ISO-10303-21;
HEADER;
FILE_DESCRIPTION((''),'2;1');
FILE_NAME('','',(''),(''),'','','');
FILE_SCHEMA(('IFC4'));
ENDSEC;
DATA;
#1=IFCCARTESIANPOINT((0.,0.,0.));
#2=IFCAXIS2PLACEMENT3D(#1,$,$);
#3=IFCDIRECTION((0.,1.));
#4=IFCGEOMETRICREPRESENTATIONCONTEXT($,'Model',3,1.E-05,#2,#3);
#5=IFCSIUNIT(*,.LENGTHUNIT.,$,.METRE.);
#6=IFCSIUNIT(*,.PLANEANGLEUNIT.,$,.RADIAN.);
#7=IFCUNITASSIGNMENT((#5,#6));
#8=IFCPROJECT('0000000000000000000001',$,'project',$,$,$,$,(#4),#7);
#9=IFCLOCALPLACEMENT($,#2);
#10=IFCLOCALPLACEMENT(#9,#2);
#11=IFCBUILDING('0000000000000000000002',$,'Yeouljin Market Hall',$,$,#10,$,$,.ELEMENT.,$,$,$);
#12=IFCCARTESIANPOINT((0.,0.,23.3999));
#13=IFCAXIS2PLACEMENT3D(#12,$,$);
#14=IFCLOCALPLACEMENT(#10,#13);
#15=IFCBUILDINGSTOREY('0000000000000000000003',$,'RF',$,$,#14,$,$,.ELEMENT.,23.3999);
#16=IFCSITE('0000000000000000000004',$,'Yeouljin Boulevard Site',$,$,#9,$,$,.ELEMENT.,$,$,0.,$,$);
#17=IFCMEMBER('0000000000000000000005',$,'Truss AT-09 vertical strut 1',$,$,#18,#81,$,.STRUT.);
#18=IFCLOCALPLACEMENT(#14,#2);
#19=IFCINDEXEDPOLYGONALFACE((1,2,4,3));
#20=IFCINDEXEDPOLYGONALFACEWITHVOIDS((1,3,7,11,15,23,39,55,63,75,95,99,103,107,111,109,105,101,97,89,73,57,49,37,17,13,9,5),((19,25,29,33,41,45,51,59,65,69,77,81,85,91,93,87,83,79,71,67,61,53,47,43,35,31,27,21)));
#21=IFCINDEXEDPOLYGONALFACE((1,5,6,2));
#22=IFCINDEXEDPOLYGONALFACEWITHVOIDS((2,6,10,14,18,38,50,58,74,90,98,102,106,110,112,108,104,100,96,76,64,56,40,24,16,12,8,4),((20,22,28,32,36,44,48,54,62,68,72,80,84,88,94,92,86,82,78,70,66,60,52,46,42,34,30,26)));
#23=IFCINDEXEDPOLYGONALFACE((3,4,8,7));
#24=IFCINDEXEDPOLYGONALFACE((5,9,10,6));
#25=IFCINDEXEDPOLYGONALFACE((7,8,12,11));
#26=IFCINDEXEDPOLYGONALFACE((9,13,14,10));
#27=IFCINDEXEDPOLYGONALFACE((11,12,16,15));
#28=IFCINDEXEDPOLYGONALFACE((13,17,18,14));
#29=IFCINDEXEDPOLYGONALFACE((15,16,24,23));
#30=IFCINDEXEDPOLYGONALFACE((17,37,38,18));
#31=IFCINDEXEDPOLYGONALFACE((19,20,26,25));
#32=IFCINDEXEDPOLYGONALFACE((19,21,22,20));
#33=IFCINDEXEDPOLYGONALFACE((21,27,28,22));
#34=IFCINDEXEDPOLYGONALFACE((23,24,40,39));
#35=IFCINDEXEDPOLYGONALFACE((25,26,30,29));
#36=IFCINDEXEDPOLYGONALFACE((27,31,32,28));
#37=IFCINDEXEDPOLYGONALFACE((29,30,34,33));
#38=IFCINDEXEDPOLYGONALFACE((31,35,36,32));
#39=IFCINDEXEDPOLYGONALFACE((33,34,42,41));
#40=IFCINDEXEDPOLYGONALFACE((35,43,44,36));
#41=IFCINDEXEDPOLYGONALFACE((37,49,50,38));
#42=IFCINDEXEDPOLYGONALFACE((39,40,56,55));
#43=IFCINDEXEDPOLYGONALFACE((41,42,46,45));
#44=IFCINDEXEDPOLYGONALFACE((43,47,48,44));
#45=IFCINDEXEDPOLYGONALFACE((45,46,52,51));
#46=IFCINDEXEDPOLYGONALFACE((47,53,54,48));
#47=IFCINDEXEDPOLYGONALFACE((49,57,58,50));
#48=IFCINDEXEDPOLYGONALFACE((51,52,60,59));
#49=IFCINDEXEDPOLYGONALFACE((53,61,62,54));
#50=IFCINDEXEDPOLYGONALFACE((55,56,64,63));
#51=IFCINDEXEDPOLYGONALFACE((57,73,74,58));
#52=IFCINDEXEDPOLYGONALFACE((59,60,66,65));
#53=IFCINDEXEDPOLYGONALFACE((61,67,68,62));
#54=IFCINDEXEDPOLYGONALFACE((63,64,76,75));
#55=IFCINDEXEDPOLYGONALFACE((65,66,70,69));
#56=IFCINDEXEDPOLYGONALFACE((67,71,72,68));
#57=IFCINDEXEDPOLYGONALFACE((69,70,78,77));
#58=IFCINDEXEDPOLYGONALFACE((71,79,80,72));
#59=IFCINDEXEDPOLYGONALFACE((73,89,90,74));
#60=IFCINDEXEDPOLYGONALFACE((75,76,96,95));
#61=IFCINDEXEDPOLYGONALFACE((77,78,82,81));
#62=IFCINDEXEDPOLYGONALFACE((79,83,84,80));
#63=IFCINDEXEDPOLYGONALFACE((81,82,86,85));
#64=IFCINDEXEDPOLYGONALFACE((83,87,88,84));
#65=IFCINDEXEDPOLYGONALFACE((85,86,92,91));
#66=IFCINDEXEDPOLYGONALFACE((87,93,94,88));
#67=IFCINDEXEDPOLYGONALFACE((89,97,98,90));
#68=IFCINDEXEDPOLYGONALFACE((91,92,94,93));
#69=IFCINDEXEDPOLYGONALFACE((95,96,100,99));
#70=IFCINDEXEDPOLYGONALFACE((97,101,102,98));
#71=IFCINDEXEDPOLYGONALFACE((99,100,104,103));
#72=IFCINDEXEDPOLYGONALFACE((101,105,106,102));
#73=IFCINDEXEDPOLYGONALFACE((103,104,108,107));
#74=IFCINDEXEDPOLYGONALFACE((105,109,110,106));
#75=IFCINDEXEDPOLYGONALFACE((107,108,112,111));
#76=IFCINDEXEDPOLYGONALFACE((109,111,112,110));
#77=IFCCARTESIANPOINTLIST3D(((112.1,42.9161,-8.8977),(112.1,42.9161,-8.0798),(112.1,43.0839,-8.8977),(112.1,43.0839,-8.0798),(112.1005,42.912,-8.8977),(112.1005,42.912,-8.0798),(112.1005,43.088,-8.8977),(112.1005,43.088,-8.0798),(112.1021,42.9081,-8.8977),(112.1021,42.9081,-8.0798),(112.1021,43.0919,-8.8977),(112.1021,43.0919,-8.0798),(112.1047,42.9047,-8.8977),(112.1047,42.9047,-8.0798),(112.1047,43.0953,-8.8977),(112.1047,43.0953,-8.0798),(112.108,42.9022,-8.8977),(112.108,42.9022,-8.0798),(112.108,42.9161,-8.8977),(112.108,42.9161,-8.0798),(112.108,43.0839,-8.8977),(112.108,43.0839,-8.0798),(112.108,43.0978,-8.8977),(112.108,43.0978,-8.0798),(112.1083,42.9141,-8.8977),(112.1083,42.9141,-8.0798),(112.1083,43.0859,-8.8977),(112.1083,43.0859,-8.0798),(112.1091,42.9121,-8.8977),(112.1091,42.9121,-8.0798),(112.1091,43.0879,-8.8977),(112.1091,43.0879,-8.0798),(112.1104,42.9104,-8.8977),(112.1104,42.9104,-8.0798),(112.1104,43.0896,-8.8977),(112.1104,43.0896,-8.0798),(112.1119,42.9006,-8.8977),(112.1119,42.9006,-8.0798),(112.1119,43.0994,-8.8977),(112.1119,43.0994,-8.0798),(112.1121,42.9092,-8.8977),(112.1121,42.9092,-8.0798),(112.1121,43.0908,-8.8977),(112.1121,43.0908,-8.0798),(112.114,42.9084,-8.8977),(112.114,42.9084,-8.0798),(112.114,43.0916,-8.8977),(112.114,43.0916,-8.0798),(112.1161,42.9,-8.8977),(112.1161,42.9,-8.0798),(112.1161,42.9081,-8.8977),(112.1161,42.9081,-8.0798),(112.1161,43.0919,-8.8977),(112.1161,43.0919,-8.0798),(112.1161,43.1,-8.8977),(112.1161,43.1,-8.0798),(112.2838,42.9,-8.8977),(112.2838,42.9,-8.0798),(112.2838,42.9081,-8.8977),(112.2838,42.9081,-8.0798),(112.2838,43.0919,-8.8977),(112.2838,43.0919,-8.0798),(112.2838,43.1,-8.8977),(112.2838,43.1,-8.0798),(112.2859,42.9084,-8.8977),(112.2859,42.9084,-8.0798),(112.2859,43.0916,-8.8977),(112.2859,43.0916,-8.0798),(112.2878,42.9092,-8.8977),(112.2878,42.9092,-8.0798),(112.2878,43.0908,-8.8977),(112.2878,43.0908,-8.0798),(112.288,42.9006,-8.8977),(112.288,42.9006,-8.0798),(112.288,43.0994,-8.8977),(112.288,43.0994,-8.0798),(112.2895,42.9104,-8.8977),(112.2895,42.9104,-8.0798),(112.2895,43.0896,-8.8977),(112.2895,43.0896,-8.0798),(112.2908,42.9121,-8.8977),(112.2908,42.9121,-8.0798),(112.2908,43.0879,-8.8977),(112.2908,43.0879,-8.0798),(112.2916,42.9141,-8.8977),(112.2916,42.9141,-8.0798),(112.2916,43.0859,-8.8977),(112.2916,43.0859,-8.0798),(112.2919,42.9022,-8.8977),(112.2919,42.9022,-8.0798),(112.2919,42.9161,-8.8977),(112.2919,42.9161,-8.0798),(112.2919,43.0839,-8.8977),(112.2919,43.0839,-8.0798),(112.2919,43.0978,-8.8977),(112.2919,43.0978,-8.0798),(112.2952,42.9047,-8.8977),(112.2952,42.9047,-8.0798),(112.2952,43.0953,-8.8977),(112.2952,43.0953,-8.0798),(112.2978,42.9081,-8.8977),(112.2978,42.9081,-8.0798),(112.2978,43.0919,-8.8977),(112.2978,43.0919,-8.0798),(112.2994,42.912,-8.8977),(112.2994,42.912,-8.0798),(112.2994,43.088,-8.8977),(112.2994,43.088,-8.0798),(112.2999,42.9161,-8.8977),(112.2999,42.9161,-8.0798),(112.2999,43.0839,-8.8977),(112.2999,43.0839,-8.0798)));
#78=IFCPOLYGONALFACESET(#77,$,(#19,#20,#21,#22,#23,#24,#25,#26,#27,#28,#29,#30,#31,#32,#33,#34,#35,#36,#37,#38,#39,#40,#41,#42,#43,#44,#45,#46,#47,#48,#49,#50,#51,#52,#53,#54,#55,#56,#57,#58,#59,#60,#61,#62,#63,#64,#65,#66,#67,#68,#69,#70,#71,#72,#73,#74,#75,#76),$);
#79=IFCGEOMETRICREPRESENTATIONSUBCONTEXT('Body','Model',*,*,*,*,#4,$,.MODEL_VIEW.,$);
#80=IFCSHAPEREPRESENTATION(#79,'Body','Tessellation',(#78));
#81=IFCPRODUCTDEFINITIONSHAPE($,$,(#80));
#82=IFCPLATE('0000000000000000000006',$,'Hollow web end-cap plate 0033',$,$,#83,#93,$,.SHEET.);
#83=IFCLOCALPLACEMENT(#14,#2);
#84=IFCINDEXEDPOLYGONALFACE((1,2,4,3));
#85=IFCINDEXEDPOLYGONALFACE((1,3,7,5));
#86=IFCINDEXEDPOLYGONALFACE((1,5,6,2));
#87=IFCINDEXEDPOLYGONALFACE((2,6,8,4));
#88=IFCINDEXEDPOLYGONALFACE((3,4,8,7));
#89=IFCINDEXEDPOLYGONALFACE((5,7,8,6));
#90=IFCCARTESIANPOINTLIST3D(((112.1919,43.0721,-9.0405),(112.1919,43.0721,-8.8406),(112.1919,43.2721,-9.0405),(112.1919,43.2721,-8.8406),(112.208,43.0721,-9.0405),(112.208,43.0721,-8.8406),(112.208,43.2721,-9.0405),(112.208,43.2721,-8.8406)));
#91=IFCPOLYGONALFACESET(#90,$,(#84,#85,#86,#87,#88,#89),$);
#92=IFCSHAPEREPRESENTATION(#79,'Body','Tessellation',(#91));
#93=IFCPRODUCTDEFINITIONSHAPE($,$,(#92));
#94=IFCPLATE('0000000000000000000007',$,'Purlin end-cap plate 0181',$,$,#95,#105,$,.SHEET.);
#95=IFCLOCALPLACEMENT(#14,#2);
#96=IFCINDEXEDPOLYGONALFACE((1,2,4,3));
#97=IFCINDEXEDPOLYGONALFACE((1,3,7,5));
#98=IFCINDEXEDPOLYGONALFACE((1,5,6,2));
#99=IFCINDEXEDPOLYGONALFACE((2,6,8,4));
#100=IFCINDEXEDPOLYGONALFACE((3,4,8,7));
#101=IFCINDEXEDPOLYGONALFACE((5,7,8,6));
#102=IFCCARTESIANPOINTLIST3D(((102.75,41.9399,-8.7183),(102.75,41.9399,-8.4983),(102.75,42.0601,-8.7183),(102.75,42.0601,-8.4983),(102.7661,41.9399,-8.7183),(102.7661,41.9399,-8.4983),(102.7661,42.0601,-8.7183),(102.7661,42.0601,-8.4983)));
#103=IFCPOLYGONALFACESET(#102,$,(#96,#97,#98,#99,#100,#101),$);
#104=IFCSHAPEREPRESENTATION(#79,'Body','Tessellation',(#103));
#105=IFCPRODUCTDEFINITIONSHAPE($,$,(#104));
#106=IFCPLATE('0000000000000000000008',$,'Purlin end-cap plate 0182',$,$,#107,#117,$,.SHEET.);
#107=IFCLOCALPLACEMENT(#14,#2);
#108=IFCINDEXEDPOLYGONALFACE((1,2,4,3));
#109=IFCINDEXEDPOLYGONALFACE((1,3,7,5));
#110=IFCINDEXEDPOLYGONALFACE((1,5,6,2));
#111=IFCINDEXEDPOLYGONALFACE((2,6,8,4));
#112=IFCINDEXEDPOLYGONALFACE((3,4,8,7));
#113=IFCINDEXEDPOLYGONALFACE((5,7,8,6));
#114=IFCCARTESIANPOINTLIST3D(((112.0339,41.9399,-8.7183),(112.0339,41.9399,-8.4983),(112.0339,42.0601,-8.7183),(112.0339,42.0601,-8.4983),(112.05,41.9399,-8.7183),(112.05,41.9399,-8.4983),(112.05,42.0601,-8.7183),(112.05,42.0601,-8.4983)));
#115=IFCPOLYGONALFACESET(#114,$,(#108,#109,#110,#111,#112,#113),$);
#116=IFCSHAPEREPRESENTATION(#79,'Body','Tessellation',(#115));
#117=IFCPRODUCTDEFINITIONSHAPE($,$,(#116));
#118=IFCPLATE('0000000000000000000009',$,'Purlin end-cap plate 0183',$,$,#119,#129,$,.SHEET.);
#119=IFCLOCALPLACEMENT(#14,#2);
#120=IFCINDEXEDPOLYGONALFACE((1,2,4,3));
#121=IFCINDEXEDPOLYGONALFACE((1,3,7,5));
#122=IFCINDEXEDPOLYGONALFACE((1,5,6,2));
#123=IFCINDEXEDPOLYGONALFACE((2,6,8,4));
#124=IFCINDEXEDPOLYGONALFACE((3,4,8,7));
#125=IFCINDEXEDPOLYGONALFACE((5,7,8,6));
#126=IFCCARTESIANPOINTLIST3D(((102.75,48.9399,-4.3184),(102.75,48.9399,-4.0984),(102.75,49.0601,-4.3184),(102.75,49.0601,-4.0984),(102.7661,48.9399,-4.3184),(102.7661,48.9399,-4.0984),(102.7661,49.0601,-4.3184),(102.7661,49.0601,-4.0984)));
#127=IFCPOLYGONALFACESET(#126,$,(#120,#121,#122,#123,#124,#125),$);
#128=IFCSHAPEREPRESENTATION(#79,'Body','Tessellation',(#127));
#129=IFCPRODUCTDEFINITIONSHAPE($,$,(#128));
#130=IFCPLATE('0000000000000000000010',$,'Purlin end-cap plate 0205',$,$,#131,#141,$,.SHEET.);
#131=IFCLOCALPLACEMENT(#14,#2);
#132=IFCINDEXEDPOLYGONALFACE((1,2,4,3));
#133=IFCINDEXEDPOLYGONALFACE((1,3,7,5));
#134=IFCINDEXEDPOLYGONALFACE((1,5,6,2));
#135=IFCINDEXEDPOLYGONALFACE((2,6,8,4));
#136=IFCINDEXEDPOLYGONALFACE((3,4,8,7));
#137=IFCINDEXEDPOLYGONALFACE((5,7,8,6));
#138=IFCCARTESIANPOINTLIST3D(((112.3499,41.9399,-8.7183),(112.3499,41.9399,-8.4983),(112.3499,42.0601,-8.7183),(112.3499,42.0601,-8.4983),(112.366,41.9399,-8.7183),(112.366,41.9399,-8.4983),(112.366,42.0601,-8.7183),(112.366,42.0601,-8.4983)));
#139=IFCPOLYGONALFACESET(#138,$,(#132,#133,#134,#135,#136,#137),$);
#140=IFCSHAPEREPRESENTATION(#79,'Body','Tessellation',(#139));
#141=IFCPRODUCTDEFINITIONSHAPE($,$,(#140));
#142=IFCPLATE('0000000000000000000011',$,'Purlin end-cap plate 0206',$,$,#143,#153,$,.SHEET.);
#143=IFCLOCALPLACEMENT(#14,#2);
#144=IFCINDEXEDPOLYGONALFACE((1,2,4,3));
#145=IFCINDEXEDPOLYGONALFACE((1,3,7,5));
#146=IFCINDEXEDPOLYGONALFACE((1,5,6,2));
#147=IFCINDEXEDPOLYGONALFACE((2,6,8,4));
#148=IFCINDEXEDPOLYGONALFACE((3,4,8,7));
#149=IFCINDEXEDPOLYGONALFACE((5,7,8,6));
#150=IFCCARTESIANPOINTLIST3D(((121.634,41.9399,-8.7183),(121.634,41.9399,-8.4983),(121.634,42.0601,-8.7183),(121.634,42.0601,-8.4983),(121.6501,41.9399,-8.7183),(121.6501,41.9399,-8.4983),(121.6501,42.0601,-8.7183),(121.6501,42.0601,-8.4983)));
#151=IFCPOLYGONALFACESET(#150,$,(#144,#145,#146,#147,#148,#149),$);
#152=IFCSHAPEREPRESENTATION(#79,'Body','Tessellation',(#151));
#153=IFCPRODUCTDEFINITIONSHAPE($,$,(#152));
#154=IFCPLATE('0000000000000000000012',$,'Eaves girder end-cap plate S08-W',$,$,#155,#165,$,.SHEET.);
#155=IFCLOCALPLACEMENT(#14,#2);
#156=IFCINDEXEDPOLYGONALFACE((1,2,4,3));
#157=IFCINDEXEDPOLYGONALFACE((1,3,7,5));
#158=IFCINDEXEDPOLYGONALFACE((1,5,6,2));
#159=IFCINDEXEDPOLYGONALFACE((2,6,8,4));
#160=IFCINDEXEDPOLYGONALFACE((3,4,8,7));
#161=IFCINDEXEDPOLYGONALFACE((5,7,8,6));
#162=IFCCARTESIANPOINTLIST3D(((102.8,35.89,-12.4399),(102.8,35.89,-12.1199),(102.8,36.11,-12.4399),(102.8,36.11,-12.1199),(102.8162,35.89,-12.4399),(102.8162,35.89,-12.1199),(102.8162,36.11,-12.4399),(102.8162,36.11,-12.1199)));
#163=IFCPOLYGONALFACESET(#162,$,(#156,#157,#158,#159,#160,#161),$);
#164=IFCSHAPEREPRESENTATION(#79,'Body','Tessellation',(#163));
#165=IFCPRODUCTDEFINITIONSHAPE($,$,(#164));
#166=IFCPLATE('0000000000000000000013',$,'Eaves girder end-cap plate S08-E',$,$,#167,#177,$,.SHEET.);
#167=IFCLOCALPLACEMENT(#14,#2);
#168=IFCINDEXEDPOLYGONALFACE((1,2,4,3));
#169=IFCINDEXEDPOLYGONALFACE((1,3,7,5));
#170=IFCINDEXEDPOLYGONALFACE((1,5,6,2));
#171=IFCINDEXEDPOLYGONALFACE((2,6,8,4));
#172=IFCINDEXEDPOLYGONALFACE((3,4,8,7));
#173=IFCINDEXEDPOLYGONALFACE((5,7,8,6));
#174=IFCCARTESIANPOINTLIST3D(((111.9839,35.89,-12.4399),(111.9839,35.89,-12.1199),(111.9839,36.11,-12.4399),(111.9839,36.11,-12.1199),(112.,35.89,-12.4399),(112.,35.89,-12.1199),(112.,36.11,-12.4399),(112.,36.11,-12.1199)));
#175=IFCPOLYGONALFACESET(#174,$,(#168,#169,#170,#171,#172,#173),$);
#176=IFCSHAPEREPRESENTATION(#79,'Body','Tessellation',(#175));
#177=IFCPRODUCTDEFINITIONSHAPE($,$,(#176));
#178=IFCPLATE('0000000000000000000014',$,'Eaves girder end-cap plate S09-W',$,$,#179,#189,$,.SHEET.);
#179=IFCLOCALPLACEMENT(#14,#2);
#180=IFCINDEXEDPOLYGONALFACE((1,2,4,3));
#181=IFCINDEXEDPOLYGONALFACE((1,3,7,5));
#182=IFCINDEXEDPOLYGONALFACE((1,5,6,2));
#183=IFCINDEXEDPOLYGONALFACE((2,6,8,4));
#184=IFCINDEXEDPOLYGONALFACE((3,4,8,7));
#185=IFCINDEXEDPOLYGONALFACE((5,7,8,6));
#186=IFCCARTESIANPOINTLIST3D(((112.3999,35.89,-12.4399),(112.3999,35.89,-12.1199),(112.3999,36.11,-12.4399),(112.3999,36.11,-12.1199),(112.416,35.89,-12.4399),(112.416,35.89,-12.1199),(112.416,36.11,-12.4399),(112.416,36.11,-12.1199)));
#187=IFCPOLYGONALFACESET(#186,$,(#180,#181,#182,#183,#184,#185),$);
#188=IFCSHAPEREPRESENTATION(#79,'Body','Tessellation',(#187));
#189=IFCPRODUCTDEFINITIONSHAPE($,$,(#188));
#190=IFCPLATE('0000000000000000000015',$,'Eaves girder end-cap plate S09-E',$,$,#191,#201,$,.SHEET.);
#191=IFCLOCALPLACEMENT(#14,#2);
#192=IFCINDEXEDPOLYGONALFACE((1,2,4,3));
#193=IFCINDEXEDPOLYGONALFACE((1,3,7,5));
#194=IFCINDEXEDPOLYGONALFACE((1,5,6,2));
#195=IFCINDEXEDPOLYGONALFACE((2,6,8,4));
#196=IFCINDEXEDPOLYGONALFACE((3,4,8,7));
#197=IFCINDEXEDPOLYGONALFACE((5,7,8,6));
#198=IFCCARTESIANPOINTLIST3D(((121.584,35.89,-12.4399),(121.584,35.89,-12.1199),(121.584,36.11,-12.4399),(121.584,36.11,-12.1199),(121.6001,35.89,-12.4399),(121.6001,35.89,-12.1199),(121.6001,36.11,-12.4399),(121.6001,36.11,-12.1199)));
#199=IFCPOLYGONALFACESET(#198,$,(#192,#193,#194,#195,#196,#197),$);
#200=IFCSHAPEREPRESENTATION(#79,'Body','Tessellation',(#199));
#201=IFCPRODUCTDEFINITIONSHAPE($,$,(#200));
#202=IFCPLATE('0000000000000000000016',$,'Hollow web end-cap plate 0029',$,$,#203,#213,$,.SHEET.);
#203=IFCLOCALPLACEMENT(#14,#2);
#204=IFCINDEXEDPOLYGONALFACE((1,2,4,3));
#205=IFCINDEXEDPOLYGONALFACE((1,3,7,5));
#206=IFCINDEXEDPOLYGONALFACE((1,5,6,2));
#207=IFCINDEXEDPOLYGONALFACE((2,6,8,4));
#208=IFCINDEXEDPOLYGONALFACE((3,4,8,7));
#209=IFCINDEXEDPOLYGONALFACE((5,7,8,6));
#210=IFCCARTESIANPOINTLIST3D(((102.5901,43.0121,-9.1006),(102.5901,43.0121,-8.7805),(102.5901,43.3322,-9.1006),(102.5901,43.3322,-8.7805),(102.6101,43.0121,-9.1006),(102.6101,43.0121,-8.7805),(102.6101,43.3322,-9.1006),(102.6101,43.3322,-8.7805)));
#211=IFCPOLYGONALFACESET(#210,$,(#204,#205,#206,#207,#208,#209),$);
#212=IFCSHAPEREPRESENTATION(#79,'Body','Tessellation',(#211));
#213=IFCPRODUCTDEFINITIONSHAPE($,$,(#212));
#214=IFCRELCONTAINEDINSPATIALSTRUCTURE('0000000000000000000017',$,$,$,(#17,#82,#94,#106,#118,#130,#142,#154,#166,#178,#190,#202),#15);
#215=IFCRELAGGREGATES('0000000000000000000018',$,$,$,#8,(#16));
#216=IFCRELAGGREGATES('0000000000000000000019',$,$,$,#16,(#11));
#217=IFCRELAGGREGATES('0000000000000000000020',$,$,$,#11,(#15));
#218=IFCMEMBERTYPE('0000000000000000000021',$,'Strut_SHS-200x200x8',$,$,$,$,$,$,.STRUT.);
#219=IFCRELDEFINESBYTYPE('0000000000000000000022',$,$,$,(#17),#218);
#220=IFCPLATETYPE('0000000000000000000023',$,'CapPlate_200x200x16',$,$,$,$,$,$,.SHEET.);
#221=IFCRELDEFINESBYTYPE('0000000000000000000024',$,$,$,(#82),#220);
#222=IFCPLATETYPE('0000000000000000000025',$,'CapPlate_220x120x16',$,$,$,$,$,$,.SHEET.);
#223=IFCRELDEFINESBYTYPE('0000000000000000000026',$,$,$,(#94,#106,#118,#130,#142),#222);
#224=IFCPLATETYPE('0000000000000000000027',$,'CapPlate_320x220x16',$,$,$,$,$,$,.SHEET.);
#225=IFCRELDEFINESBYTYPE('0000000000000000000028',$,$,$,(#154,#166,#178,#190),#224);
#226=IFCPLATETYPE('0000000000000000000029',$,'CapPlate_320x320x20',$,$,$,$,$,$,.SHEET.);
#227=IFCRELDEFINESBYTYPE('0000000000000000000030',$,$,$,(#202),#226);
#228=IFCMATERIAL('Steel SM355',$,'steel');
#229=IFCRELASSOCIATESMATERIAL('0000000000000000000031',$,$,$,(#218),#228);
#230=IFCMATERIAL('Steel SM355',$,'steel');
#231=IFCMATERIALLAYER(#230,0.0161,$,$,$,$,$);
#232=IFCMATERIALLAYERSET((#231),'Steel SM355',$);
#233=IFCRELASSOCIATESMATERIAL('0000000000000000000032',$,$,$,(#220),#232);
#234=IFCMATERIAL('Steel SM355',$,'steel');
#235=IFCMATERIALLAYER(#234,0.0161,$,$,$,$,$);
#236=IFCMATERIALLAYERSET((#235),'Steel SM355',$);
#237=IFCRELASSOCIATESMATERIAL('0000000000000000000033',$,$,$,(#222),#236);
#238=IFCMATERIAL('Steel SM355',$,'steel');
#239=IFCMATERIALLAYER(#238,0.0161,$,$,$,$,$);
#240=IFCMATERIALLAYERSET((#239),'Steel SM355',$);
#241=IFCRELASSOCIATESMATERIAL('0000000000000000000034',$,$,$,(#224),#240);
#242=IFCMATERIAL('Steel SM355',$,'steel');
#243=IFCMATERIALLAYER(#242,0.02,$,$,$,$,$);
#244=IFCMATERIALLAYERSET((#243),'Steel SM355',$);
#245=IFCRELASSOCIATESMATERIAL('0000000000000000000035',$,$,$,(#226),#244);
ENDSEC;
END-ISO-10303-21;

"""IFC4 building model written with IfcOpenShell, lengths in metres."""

from ifc_helpers import new_model, si_unit, direction, frame, origin, origin_2d, place, context, subcontext, project, spatial, rectangle, hollow_rectangle, extrude, material, layer, layer_set, material_profile, profile_set, type_object, element, save


model = new_model("IFC4")

# Units and contexts
model_context = context("Model", 3, precision=1e-05, world=origin(), true_north=direction((0.0, 1.0)))
body_context = subcontext(model_context, "Body", "Model", "MODEL_VIEW")
ifc_project = project(units=[si_unit("LENGTHUNIT", "METRE"), si_unit("PLANEANGLEUNIT", "RADIAN")], contexts=[model_context])

# Site, building, storey
site_placement = place(None, origin())
site = spatial("IfcSite", under=ifc_project, at=site_placement, Name="Yeouljin Boulevard Site", CompositionType="ELEMENT", RefElevation=0.0)
building_placement = place(site_placement, origin())
building = spatial("IfcBuilding", under=site, at=building_placement, Name="Yeouljin Market Hall", CompositionType="ELEMENT")
storey_placement = place(building_placement, frame((0.0, 0.0, 23.3999)))
storey = spatial("IfcBuildingStorey", under=building, at=storey_placement, Name="RF", CompositionType="ELEMENT", Elevation=23.3999)

# Member
ifc_material_1 = material(Name="Steel SM355", Category="steel")
ifc_material_profile_1 = material_profile(ifc_material_1, hollow_rectangle(XDim=0.2, YDim=0.2, WallThickness=0.0081, InnerFilletRadius=0.0081, OuterFilletRadius=0.0161, at=origin_2d()), Name="SHS-200x200x8")
ifc_profile_set_1 = profile_set([ifc_material_profile_1], Name="Steel SM355")
member_type_1 = type_object("IfcMemberType", Name="Strut_SHS-200x200x8", PredefinedType="STRUT", material=ifc_profile_set_1)
for number, where, z_axis, x_axis, name in (
    (1, (112.2, 43.0, -8.8977), (0.0, 0.0, 1.0), (1.0, 0.0, 0.0), "Truss AT-09 vertical strut 1"),
):
    element("IfcMember", number, at=place(storey_placement, frame(where, z_axis=z_axis, x_axis=x_axis)), inside=storey, type_object=member_type_1, Name=name, PredefinedType="STRUT", context=body_context, shape_type="SweptSolid", body=[
        extrude(hollow_rectangle(XDim=0.2, YDim=0.2, WallThickness=0.0081, InnerFilletRadius=0.0081, OuterFilletRadius=0.0161, at=origin_2d()), origin(), (0.0, 0.0, 1.0), 0.8179),
    ])

# Plates
ifc_material_2 = material(Name="Steel SM355", Category="steel")
ifc_layer_1 = layer(ifc_material_2, 0.0161)
ifc_layer_set_1 = layer_set([ifc_layer_1], Name="Steel SM355")
plate_type_1 = type_object("IfcPlateType", Name="CapPlate_200x200x16", PredefinedType="SHEET", material=ifc_layer_set_1)
plate_1_placement = place(storey_placement, frame((112.2, 43.1721, -9.0405), z_axis=(0.0, 0.0, 1.0), x_axis=(0.0, 1.0, 0.0)))
element("IfcPlate", 2, at=plate_1_placement, inside=storey, type_object=plate_type_1, Name="Hollow web end-cap plate 0033", PredefinedType="SHEET", context=body_context, shape_type="SweptSolid", body=[
    extrude(rectangle(XDim=0.2, YDim=0.0161, at=origin_2d()), origin(), (0.0, 0.0, 1.0), 0.2),
])
ifc_material_3 = material(Name="Steel SM355", Category="steel")
ifc_layer_2 = layer(ifc_material_3, 0.0161)
ifc_layer_set_2 = layer_set([ifc_layer_2], Name="Steel SM355")
plate_type_2 = type_object("IfcPlateType", Name="CapPlate_220x120x16", PredefinedType="SHEET", material=ifc_layer_set_2)
for number, where, z_axis, x_axis, name in (
    (3, (102.7581, 42.0, -8.7183), (0.0, 0.0, 1.0), (0.0, 1.0, 0.0), "Purlin end-cap plate 0181"),
    (4, (112.042, 42.0, -8.7183), (0.0, 0.0, 1.0), (0.0, 1.0, 0.0), "Purlin end-cap plate 0182"),
    (5, (102.7581, 49.0, -4.3184), (0.0, 0.0, 1.0), (0.0, 1.0, 0.0), "Purlin end-cap plate 0183"),
    (6, (112.3579, 42.0, -8.7183), (0.0, 0.0, 1.0), (0.0, 1.0, 0.0), "Purlin end-cap plate 0205"),
    (7, (121.6421, 42.0, -8.7183), (0.0, 0.0, 1.0), (0.0, 1.0, 0.0), "Purlin end-cap plate 0206"),
):
    element("IfcPlate", number, at=place(storey_placement, frame(where, z_axis=z_axis, x_axis=x_axis)), inside=storey, type_object=plate_type_2, Name=name, PredefinedType="SHEET", context=body_context, shape_type="SweptSolid", body=[
        extrude(rectangle(XDim=0.1201, YDim=0.0161, at=origin_2d()), origin(), (0.0, 0.0, 1.0), 0.22),
    ])
ifc_material_4 = material(Name="Steel SM355", Category="steel")
ifc_layer_3 = layer(ifc_material_4, 0.0161)
ifc_layer_set_3 = layer_set([ifc_layer_3], Name="Steel SM355")
plate_type_3 = type_object("IfcPlateType", Name="CapPlate_320x220x16", PredefinedType="SHEET", material=ifc_layer_set_3)
for number, where, z_axis, x_axis, name in (
    (8, (102.8081, 36.0, -12.4399), (0.0, 0.0, 1.0), (0.0, 1.0, 0.0), "Eaves girder end-cap plate S08-W"),
    (9, (111.9919, 36.0, -12.4399), (0.0, 0.0, 1.0), (0.0, 1.0, 0.0), "Eaves girder end-cap plate S08-E"),
    (10, (112.408, 36.0, -12.4399), (0.0, 0.0, 1.0), (0.0, 1.0, 0.0), "Eaves girder end-cap plate S09-W"),
    (11, (121.592, 36.0, -12.4399), (0.0, 0.0, 1.0), (0.0, 1.0, 0.0), "Eaves girder end-cap plate S09-E"),
):
    element("IfcPlate", number, at=place(storey_placement, frame(where, z_axis=z_axis, x_axis=x_axis)), inside=storey, type_object=plate_type_3, Name=name, PredefinedType="SHEET", context=body_context, shape_type="SweptSolid", body=[
        extrude(rectangle(XDim=0.22, YDim=0.0161, at=origin_2d()), origin(), (0.0, 0.0, 1.0), 0.3201),
    ])
ifc_material_5 = material(Name="Steel SM355", Category="steel")
ifc_layer_4 = layer(ifc_material_5, 0.02)
ifc_layer_set_4 = layer_set([ifc_layer_4], Name="Steel SM355")
plate_type_4 = type_object("IfcPlateType", Name="CapPlate_320x320x20", PredefinedType="SHEET", material=ifc_layer_set_4)
plate_2_placement = place(storey_placement, frame((102.6001, 43.1721, -9.1006), z_axis=(0.0, 0.0, 1.0), x_axis=(0.0, 1.0, 0.0)))
element("IfcPlate", 12, at=plate_2_placement, inside=storey, type_object=plate_type_4, Name="Hollow web end-cap plate 0029", PredefinedType="SHEET", context=body_context, shape_type="SweptSolid", body=[
    extrude(rectangle(XDim=0.3201, YDim=0.02, at=origin_2d()), origin(), (0.0, 0.0, 1.0), 0.3201),
])

save(model, "model.ifc")
